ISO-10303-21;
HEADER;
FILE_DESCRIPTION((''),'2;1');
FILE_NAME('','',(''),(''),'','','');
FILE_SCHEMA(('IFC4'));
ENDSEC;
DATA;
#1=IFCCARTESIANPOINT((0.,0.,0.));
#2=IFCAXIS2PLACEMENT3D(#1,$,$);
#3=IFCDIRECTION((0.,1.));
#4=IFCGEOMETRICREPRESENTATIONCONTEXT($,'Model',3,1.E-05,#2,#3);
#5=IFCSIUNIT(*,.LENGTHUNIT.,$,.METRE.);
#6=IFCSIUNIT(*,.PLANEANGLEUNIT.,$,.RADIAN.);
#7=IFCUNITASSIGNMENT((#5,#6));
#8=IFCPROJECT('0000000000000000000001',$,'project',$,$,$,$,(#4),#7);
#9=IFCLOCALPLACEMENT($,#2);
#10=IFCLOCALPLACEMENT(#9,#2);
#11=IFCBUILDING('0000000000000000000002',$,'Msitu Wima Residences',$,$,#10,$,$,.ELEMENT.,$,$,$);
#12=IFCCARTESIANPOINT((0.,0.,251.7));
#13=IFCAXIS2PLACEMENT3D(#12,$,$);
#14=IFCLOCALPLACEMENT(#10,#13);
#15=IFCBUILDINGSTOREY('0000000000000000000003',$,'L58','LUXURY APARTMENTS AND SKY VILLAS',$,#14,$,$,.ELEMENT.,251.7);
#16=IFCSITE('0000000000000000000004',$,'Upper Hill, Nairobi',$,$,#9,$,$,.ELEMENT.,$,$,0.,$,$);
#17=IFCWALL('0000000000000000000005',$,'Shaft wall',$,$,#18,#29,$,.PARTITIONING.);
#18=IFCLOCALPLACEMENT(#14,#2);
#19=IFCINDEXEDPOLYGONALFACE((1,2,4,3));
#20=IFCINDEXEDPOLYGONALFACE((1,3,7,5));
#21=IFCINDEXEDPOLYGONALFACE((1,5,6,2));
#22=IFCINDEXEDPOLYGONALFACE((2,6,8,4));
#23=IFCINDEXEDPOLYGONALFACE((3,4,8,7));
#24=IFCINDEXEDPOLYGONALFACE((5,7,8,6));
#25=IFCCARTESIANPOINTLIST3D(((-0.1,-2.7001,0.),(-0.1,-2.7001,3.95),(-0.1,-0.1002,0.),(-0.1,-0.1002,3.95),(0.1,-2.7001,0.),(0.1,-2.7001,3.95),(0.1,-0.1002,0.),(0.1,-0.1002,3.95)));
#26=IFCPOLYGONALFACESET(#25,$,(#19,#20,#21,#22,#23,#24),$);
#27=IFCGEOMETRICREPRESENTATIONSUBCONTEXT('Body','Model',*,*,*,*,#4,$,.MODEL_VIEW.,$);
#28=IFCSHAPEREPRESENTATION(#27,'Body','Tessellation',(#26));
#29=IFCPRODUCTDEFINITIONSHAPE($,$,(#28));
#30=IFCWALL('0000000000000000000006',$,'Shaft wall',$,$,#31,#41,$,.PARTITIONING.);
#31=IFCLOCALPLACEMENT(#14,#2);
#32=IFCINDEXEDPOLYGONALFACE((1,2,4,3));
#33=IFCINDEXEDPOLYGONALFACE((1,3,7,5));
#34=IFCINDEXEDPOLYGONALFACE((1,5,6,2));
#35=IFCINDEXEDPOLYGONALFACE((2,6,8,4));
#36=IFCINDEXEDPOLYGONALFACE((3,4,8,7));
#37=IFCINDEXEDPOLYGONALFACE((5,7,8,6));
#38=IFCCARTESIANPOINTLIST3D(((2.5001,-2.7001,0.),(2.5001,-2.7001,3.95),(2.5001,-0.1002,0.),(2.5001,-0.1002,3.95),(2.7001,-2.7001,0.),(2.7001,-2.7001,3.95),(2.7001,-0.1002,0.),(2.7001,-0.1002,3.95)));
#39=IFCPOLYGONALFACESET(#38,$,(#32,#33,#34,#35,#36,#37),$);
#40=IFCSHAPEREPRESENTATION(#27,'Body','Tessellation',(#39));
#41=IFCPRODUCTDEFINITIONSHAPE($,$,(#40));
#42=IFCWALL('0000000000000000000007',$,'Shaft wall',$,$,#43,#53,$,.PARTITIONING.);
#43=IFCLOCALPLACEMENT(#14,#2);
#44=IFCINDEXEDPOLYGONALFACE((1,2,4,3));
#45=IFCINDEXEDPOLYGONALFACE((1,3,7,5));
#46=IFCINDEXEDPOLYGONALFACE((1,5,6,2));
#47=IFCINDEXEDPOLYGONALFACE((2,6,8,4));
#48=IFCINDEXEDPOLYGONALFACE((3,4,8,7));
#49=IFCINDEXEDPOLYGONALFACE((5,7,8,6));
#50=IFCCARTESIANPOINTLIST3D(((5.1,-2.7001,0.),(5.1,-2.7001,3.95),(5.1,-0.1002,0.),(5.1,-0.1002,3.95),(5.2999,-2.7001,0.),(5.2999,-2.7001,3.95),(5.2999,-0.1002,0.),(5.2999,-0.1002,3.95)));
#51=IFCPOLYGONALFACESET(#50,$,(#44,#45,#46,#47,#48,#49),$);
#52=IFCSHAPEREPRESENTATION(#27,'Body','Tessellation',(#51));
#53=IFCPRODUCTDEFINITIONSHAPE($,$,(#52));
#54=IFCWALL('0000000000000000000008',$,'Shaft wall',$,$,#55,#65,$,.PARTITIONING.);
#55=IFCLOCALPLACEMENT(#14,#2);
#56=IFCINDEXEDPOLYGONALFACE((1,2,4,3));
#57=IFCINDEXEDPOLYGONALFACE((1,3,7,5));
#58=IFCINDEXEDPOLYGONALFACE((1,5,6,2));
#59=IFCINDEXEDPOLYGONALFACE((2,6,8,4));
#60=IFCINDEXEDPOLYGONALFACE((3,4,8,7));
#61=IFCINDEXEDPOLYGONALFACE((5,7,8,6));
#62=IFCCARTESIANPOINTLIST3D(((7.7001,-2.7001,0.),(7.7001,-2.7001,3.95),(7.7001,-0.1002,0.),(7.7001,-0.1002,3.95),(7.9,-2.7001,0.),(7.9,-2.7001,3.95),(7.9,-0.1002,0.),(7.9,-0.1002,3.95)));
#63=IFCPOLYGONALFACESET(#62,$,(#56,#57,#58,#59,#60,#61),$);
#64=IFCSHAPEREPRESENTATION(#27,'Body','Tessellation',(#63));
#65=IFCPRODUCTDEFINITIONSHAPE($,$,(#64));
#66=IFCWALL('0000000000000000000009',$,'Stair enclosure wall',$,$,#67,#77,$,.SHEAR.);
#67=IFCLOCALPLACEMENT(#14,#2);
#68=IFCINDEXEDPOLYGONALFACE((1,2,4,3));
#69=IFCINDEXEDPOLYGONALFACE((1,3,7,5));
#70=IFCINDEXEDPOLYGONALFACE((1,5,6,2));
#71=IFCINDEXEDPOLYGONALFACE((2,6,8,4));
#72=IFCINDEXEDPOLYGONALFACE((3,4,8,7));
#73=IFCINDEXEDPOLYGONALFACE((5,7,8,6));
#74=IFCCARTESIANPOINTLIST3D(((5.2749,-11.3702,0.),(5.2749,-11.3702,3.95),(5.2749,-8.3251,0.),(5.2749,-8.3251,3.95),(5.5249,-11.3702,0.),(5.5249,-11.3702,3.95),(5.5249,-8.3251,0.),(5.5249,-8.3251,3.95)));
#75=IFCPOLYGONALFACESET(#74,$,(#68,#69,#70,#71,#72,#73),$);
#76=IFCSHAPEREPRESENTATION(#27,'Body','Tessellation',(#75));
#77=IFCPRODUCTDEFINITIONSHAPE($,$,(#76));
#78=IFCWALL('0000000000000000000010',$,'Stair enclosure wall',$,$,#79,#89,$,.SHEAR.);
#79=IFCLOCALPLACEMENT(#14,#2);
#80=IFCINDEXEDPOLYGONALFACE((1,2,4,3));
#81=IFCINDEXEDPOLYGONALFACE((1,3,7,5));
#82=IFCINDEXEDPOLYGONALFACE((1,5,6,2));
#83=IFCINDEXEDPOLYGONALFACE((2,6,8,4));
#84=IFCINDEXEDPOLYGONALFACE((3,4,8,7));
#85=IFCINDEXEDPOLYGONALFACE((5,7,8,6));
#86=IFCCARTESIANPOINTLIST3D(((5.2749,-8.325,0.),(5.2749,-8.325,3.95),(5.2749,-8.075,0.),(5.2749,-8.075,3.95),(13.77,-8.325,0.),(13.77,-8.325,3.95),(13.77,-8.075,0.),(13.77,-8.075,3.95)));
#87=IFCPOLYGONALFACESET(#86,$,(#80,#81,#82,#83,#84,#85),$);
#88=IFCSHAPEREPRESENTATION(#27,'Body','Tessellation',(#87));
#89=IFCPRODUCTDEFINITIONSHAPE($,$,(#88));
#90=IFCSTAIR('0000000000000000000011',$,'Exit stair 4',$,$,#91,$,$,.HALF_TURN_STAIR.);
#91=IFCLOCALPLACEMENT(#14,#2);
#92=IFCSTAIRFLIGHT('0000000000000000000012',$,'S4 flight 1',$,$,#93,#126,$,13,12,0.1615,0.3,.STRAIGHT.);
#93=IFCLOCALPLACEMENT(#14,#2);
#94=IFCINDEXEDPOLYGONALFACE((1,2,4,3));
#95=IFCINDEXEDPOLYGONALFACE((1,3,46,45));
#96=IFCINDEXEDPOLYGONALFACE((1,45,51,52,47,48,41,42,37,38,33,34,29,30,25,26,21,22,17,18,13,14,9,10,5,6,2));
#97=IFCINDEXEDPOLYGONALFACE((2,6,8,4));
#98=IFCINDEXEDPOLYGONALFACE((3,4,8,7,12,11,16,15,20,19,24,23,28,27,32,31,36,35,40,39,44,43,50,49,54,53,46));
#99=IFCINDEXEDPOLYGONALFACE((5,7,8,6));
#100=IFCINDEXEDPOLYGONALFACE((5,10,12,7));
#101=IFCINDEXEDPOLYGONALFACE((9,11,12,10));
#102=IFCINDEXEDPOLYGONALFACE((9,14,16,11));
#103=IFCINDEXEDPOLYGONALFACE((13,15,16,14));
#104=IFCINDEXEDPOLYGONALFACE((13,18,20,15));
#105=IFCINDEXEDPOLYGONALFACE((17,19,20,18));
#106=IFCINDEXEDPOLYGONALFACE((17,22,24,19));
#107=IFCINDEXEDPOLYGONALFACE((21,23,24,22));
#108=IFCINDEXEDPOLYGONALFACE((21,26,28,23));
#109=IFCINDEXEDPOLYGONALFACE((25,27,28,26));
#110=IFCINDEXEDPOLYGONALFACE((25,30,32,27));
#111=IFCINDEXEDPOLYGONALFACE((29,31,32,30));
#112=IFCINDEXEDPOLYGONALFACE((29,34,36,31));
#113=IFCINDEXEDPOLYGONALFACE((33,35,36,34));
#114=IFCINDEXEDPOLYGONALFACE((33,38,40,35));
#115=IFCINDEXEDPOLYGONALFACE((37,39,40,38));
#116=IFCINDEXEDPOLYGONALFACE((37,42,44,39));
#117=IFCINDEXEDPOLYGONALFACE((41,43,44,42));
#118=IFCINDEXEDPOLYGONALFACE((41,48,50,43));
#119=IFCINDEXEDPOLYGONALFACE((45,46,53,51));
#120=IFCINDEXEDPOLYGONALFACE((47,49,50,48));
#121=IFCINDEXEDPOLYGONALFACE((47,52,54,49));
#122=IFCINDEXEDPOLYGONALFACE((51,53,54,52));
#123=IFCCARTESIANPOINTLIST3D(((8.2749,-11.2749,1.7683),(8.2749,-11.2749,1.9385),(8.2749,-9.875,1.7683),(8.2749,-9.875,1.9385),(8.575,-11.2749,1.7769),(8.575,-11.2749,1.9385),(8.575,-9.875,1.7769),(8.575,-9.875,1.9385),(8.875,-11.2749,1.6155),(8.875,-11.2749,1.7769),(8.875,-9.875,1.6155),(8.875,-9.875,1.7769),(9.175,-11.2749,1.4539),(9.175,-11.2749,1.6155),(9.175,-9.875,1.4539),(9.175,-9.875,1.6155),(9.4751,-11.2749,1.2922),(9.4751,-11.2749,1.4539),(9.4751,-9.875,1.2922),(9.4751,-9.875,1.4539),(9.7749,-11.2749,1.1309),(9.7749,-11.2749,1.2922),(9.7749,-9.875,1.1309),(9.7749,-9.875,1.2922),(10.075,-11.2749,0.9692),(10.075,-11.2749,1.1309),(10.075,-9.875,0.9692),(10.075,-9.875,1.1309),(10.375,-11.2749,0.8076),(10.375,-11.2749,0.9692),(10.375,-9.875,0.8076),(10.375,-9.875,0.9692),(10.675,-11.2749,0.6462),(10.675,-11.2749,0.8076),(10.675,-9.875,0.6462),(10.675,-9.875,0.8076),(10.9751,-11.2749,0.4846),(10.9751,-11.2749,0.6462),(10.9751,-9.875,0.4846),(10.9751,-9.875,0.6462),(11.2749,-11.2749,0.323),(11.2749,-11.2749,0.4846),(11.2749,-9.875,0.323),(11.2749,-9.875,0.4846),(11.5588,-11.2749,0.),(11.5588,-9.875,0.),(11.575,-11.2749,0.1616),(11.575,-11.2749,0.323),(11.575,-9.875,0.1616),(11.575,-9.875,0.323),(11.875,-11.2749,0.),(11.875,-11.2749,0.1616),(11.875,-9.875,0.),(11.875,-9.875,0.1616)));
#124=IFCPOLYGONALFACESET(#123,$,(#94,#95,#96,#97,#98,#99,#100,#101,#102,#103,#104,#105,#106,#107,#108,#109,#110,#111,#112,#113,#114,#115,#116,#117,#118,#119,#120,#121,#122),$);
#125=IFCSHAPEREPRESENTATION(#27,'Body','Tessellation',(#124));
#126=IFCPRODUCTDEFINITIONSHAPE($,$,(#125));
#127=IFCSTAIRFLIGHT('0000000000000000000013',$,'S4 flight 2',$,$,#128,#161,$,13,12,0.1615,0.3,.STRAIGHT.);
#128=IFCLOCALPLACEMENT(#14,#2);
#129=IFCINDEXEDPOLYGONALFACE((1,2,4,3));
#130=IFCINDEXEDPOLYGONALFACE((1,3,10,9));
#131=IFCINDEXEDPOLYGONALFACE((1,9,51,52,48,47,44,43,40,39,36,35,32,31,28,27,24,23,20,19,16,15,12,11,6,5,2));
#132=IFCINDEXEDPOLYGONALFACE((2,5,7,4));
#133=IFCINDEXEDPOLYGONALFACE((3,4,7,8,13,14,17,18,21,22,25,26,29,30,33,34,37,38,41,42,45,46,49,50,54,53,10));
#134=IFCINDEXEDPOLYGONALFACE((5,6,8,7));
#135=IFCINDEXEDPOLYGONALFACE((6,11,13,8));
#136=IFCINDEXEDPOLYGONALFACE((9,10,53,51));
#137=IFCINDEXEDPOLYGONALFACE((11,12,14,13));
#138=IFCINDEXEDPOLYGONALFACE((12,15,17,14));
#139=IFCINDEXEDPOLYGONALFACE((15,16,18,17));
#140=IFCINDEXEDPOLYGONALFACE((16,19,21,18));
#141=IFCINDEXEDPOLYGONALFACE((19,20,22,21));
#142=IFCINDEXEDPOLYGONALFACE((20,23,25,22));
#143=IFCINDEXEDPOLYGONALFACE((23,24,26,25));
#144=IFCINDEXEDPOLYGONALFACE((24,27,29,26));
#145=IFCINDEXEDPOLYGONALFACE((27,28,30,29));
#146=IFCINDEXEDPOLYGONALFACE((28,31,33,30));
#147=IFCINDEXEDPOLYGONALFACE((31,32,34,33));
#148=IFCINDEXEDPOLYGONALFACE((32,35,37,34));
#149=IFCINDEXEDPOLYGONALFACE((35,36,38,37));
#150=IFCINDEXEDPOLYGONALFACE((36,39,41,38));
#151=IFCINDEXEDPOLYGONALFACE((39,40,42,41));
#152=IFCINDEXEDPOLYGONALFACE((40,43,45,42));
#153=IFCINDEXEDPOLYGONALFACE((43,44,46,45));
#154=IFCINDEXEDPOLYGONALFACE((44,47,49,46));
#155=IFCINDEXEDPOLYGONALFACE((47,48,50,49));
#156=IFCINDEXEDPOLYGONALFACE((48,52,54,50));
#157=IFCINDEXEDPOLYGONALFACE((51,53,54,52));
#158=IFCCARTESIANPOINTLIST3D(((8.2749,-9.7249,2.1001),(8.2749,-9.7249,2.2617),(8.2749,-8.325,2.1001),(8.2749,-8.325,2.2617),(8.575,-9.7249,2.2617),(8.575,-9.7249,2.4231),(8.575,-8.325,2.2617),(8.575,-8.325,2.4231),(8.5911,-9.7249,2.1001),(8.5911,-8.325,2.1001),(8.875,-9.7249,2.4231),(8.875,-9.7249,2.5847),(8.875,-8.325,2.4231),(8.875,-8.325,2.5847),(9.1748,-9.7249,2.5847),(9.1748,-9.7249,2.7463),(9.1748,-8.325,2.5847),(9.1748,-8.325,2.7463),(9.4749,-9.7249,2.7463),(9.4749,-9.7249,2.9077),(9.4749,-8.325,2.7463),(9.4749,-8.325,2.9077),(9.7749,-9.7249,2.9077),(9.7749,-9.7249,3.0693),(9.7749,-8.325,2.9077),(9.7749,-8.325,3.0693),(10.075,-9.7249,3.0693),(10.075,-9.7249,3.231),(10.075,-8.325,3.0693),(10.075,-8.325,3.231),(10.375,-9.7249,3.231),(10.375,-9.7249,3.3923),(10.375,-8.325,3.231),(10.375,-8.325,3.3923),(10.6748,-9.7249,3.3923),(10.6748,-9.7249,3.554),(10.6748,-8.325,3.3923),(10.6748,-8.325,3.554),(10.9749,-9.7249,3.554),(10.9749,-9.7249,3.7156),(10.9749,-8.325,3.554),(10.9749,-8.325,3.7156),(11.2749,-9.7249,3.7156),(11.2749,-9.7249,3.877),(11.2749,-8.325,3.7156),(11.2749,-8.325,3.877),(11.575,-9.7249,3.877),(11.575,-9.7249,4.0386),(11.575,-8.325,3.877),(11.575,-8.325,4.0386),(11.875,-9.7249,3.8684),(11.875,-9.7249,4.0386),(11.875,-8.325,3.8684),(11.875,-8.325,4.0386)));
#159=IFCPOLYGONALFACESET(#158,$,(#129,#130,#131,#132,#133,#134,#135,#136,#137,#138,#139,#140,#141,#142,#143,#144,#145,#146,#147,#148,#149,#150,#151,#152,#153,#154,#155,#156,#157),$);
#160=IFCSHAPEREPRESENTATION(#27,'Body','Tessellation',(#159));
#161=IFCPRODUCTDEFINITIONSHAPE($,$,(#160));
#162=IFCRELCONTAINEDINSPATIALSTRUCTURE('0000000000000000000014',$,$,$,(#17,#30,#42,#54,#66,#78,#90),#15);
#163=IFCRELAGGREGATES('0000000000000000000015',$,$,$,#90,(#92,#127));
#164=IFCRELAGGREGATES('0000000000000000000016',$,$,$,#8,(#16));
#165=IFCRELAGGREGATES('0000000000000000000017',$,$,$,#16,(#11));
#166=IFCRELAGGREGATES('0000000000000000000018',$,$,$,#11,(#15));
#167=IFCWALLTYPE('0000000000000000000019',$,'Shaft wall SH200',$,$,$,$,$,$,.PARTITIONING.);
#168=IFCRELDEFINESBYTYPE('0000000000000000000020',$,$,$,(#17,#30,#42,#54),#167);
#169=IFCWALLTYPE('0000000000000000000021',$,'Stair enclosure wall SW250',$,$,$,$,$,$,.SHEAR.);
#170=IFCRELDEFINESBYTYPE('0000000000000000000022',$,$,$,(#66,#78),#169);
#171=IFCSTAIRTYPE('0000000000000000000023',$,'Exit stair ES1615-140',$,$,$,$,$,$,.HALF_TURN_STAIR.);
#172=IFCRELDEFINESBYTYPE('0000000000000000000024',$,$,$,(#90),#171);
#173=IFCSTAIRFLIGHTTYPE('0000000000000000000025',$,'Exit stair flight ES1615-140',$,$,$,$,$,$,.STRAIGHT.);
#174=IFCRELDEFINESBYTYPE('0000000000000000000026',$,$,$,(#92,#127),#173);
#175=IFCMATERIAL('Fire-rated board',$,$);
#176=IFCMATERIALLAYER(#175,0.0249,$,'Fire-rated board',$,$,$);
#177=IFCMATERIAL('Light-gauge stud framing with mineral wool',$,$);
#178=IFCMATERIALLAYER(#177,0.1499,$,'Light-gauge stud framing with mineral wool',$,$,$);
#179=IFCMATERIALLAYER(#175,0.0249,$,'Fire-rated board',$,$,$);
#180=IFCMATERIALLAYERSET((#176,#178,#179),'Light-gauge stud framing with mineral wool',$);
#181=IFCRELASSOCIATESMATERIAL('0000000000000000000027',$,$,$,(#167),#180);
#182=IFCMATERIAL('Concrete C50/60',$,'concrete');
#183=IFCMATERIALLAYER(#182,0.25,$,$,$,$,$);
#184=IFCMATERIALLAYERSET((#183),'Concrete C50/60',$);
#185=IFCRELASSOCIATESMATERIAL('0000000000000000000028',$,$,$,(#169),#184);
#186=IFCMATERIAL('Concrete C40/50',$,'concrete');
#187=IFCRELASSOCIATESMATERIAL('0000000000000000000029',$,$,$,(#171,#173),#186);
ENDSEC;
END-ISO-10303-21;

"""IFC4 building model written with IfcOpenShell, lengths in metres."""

from ifc_helpers import new_model, si_unit, direction, frame, frame_2d, origin, place, context, subcontext, project, spatial, polyline, rectangle, outline, extrude, material, layer, layer_set, type_object, element, aggregate, save


model = new_model("IFC4")

# Units and contexts
model_context = context("Model", 3, precision=1e-05, world=origin(), true_north=direction((0.0, 1.0)))
body_context = subcontext(model_context, "Body", "Model", "MODEL_VIEW")
ifc_project = project(units=[si_unit("LENGTHUNIT", "METRE"), si_unit("PLANEANGLEUNIT", "RADIAN")], contexts=[model_context])

# Site, building, storey
site_placement = place(None, origin())
site = spatial("IfcSite", under=ifc_project, at=site_placement, Name="Upper Hill, Nairobi", CompositionType="ELEMENT", RefElevation=0.0)
building_placement = place(site_placement, origin())
building = spatial("IfcBuilding", under=site, at=building_placement, Name="Msitu Wima Residences", CompositionType="ELEMENT")
storey_placement = place(building_placement, frame((0.0, 0.0, 251.7)))
storey = spatial("IfcBuildingStorey", under=building, at=storey_placement, Name="L58", Description="LUXURY APARTMENTS AND SKY VILLAS", CompositionType="ELEMENT", Elevation=251.7)

# Shared definitions
ifc_material_1 = material(Name="Concrete C40/50", Category="concrete")

# Walls
ifc_material_2 = material(Name="Fire-rated board")
ifc_layer_1 = layer(ifc_material_2, 0.0249, Name="Fire-rated board")
ifc_material_3 = material(Name="Light-gauge stud framing with mineral wool")
ifc_layer_2 = layer(ifc_material_3, 0.1499, Name="Light-gauge stud framing with mineral wool")
ifc_layer_3 = layer(ifc_material_2, 0.0249, Name="Fire-rated board")
ifc_layer_set_1 = layer_set([ifc_layer_1, ifc_layer_2, ifc_layer_3], Name="Light-gauge stud framing with mineral wool")
wall_type_1 = type_object("IfcWallType", Name="Shaft wall SH200", PredefinedType="PARTITIONING", material=ifc_layer_set_1)
for number, where, z_axis, x_axis, name in (
    (1, (0.0, -2.7, 0.0), (0.0, 0.0, 1.0), (0.0, 1.0, 0.0), "Shaft wall"),
    (2, (2.6001, -2.7, 0.0), (0.0, 0.0, 1.0), (0.0, 1.0, 0.0), "Shaft wall"),
    (3, (5.2, -2.7, 0.0), (0.0, 0.0, 1.0), (0.0, 1.0, 0.0), "Shaft wall"),
    (4, (7.8, -2.7, 0.0), (0.0, 0.0, 1.0), (0.0, 1.0, 0.0), "Shaft wall"),
):
    element("IfcWall", number, at=place(storey_placement, frame(where, z_axis=z_axis, x_axis=x_axis)), inside=storey, type_object=wall_type_1, Name=name, PredefinedType="PARTITIONING", context=body_context, shape_type="SweptSolid", body=[
        extrude(rectangle(XDim=2.5999, YDim=0.2, at=frame_2d((1.2998, 0.0))), origin(), (0.0, 0.0, 1.0), 3.95),
    ])
ifc_material_4 = material(Name="Concrete C50/60", Category="concrete")
ifc_layer_4 = layer(ifc_material_4, 0.25)
ifc_layer_set_2 = layer_set([ifc_layer_4], Name="Concrete C50/60")
wall_type_2 = type_object("IfcWallType", Name="Stair enclosure wall SW250", PredefinedType="SHEAR", material=ifc_layer_set_2)
wall_1_placement = place(storey_placement, frame((5.3999, -11.3701, 0.0), z_axis=(0.0, 0.0, 1.0), x_axis=(0.0, 1.0, 0.0)))
element("IfcWall", 5, at=wall_1_placement, inside=storey, type_object=wall_type_2, Name="Stair enclosure wall", PredefinedType="SHEAR", context=body_context, shape_type="SweptSolid", body=[
    extrude(rectangle(XDim=3.0452, YDim=0.25, at=frame_2d((1.5225, 0.0))), origin(), (0.0, 0.0, 1.0), 3.95),
])
wall_2_placement = place(storey_placement, frame((5.2749, -8.2, 0.0), z_axis=(0.0, 0.0, 1.0), x_axis=(1.0, 0.0, 0.0)))
element("IfcWall", 6, at=wall_2_placement, inside=storey, type_object=wall_type_2, Name="Stair enclosure wall", PredefinedType="SHEAR", context=body_context, shape_type="SweptSolid", body=[
    extrude(rectangle(XDim=8.4951, YDim=0.25, at=frame_2d((4.2476, 0.0))), origin(), (0.0, 0.0, 1.0), 3.95),
])

# Stair, stair flights
stair_type = type_object("IfcStairType", Name="Exit stair ES1615-140", PredefinedType="HALF_TURN_STAIR", material=ifc_material_1)
stair_placement = place(storey_placement, origin())
stair = element("IfcStair", 7, at=stair_placement, inside=storey, type_object=stair_type, Name="Exit stair 4", PredefinedType="HALF_TURN_STAIR")
stair_flight_type = type_object("IfcStairFlightType", Name="Exit stair flight ES1615-140", PredefinedType="STRAIGHT", material=ifc_material_1)
stair_flight_1_placement = place(storey_placement, frame((11.875, -10.575, 0.0), z_axis=(0.0, 0.0, 1.0), x_axis=(-1.0, 0.0, 0.0)))
stair_flight_1 = element("IfcStairFlight", 8, at=stair_flight_1_placement, type_object=stair_flight_type, Name="S4 flight 1", NumberOfRisers=13, NumberOfTreads=12, PredefinedType="STRAIGHT", RiserHeight=0.1615, TreadLength=0.3, context=body_context, shape_type="SweptSolid", body=[
    extrude(outline(polyline([(0.0, 0.0), (0.0, 0.1616), (0.3, 0.1616), (0.3, 0.323), (0.6001, 0.323), (0.6001, 0.4846), (0.8999, 0.4846), (0.8999, 0.6462), (1.2, 0.6462), (1.2, 0.8076), (1.5, 0.8076), (1.5, 0.9692), (1.8, 0.9692), (1.8, 1.1309), (2.1001, 1.1309), (2.1001, 1.2922), (2.3999, 1.2922), (2.3999, 1.4539), (2.7, 1.4539), (2.7, 1.6155), (3.0, 1.6155), (3.0, 1.7769), (3.3, 1.7769), (3.3, 1.9385), (3.6001, 1.9385), (3.6001, 2.1001), (3.6001, 1.7683), (0.3162, 0.0), (0.0, 0.0)])), frame((0.0, 0.7, 0.0), z_axis=(0.0, -1.0, 0.0), x_axis=(1.0, 0.0, 0.0)), (0.0, 0.0, 1.0), 1.3999),
])
stair_flight_2_placement = place(storey_placement, frame((8.2749, -9.0249, 2.1001), z_axis=(0.0, 0.0, 1.0), x_axis=(1.0, 0.0, 0.0)))
stair_flight_2 = element("IfcStairFlight", 9, at=stair_flight_2_placement, type_object=stair_flight_type, Name="S4 flight 2", NumberOfRisers=13, NumberOfTreads=12, PredefinedType="STRAIGHT", RiserHeight=0.1615, TreadLength=0.3, context=body_context, shape_type="SweptSolid", body=[
    extrude(outline(polyline([(0.0, 0.0), (0.0, 0.1616), (0.3, 0.1616), (0.3, 0.323), (0.6001, 0.323), (0.6001, 0.4846), (0.8999, 0.4846), (0.8999, 0.6462), (1.2, 0.6462), (1.2, 0.8076), (1.5, 0.8076), (1.5, 0.9692), (1.8, 0.9692), (1.8, 1.1309), (2.1001, 1.1309), (2.1001, 1.2922), (2.3999, 1.2922), (2.3999, 1.4539), (2.7, 1.4539), (2.7, 1.6155), (3.0, 1.6155), (3.0, 1.7769), (3.3, 1.7769), (3.3, 1.9385), (3.6001, 1.9385), (3.6001, 2.1001), (3.6001, 1.7683), (0.3162, 0.0), (0.0, 0.0)])), frame((0.0, 0.7, 0.0), z_axis=(0.0, -1.0, 0.0), x_axis=(1.0, 0.0, 0.0)), (0.0, 0.0, 1.0), 1.3999),
])
aggregate(stair, [stair_flight_1, stair_flight_2])

save(model, "model.ifc")
